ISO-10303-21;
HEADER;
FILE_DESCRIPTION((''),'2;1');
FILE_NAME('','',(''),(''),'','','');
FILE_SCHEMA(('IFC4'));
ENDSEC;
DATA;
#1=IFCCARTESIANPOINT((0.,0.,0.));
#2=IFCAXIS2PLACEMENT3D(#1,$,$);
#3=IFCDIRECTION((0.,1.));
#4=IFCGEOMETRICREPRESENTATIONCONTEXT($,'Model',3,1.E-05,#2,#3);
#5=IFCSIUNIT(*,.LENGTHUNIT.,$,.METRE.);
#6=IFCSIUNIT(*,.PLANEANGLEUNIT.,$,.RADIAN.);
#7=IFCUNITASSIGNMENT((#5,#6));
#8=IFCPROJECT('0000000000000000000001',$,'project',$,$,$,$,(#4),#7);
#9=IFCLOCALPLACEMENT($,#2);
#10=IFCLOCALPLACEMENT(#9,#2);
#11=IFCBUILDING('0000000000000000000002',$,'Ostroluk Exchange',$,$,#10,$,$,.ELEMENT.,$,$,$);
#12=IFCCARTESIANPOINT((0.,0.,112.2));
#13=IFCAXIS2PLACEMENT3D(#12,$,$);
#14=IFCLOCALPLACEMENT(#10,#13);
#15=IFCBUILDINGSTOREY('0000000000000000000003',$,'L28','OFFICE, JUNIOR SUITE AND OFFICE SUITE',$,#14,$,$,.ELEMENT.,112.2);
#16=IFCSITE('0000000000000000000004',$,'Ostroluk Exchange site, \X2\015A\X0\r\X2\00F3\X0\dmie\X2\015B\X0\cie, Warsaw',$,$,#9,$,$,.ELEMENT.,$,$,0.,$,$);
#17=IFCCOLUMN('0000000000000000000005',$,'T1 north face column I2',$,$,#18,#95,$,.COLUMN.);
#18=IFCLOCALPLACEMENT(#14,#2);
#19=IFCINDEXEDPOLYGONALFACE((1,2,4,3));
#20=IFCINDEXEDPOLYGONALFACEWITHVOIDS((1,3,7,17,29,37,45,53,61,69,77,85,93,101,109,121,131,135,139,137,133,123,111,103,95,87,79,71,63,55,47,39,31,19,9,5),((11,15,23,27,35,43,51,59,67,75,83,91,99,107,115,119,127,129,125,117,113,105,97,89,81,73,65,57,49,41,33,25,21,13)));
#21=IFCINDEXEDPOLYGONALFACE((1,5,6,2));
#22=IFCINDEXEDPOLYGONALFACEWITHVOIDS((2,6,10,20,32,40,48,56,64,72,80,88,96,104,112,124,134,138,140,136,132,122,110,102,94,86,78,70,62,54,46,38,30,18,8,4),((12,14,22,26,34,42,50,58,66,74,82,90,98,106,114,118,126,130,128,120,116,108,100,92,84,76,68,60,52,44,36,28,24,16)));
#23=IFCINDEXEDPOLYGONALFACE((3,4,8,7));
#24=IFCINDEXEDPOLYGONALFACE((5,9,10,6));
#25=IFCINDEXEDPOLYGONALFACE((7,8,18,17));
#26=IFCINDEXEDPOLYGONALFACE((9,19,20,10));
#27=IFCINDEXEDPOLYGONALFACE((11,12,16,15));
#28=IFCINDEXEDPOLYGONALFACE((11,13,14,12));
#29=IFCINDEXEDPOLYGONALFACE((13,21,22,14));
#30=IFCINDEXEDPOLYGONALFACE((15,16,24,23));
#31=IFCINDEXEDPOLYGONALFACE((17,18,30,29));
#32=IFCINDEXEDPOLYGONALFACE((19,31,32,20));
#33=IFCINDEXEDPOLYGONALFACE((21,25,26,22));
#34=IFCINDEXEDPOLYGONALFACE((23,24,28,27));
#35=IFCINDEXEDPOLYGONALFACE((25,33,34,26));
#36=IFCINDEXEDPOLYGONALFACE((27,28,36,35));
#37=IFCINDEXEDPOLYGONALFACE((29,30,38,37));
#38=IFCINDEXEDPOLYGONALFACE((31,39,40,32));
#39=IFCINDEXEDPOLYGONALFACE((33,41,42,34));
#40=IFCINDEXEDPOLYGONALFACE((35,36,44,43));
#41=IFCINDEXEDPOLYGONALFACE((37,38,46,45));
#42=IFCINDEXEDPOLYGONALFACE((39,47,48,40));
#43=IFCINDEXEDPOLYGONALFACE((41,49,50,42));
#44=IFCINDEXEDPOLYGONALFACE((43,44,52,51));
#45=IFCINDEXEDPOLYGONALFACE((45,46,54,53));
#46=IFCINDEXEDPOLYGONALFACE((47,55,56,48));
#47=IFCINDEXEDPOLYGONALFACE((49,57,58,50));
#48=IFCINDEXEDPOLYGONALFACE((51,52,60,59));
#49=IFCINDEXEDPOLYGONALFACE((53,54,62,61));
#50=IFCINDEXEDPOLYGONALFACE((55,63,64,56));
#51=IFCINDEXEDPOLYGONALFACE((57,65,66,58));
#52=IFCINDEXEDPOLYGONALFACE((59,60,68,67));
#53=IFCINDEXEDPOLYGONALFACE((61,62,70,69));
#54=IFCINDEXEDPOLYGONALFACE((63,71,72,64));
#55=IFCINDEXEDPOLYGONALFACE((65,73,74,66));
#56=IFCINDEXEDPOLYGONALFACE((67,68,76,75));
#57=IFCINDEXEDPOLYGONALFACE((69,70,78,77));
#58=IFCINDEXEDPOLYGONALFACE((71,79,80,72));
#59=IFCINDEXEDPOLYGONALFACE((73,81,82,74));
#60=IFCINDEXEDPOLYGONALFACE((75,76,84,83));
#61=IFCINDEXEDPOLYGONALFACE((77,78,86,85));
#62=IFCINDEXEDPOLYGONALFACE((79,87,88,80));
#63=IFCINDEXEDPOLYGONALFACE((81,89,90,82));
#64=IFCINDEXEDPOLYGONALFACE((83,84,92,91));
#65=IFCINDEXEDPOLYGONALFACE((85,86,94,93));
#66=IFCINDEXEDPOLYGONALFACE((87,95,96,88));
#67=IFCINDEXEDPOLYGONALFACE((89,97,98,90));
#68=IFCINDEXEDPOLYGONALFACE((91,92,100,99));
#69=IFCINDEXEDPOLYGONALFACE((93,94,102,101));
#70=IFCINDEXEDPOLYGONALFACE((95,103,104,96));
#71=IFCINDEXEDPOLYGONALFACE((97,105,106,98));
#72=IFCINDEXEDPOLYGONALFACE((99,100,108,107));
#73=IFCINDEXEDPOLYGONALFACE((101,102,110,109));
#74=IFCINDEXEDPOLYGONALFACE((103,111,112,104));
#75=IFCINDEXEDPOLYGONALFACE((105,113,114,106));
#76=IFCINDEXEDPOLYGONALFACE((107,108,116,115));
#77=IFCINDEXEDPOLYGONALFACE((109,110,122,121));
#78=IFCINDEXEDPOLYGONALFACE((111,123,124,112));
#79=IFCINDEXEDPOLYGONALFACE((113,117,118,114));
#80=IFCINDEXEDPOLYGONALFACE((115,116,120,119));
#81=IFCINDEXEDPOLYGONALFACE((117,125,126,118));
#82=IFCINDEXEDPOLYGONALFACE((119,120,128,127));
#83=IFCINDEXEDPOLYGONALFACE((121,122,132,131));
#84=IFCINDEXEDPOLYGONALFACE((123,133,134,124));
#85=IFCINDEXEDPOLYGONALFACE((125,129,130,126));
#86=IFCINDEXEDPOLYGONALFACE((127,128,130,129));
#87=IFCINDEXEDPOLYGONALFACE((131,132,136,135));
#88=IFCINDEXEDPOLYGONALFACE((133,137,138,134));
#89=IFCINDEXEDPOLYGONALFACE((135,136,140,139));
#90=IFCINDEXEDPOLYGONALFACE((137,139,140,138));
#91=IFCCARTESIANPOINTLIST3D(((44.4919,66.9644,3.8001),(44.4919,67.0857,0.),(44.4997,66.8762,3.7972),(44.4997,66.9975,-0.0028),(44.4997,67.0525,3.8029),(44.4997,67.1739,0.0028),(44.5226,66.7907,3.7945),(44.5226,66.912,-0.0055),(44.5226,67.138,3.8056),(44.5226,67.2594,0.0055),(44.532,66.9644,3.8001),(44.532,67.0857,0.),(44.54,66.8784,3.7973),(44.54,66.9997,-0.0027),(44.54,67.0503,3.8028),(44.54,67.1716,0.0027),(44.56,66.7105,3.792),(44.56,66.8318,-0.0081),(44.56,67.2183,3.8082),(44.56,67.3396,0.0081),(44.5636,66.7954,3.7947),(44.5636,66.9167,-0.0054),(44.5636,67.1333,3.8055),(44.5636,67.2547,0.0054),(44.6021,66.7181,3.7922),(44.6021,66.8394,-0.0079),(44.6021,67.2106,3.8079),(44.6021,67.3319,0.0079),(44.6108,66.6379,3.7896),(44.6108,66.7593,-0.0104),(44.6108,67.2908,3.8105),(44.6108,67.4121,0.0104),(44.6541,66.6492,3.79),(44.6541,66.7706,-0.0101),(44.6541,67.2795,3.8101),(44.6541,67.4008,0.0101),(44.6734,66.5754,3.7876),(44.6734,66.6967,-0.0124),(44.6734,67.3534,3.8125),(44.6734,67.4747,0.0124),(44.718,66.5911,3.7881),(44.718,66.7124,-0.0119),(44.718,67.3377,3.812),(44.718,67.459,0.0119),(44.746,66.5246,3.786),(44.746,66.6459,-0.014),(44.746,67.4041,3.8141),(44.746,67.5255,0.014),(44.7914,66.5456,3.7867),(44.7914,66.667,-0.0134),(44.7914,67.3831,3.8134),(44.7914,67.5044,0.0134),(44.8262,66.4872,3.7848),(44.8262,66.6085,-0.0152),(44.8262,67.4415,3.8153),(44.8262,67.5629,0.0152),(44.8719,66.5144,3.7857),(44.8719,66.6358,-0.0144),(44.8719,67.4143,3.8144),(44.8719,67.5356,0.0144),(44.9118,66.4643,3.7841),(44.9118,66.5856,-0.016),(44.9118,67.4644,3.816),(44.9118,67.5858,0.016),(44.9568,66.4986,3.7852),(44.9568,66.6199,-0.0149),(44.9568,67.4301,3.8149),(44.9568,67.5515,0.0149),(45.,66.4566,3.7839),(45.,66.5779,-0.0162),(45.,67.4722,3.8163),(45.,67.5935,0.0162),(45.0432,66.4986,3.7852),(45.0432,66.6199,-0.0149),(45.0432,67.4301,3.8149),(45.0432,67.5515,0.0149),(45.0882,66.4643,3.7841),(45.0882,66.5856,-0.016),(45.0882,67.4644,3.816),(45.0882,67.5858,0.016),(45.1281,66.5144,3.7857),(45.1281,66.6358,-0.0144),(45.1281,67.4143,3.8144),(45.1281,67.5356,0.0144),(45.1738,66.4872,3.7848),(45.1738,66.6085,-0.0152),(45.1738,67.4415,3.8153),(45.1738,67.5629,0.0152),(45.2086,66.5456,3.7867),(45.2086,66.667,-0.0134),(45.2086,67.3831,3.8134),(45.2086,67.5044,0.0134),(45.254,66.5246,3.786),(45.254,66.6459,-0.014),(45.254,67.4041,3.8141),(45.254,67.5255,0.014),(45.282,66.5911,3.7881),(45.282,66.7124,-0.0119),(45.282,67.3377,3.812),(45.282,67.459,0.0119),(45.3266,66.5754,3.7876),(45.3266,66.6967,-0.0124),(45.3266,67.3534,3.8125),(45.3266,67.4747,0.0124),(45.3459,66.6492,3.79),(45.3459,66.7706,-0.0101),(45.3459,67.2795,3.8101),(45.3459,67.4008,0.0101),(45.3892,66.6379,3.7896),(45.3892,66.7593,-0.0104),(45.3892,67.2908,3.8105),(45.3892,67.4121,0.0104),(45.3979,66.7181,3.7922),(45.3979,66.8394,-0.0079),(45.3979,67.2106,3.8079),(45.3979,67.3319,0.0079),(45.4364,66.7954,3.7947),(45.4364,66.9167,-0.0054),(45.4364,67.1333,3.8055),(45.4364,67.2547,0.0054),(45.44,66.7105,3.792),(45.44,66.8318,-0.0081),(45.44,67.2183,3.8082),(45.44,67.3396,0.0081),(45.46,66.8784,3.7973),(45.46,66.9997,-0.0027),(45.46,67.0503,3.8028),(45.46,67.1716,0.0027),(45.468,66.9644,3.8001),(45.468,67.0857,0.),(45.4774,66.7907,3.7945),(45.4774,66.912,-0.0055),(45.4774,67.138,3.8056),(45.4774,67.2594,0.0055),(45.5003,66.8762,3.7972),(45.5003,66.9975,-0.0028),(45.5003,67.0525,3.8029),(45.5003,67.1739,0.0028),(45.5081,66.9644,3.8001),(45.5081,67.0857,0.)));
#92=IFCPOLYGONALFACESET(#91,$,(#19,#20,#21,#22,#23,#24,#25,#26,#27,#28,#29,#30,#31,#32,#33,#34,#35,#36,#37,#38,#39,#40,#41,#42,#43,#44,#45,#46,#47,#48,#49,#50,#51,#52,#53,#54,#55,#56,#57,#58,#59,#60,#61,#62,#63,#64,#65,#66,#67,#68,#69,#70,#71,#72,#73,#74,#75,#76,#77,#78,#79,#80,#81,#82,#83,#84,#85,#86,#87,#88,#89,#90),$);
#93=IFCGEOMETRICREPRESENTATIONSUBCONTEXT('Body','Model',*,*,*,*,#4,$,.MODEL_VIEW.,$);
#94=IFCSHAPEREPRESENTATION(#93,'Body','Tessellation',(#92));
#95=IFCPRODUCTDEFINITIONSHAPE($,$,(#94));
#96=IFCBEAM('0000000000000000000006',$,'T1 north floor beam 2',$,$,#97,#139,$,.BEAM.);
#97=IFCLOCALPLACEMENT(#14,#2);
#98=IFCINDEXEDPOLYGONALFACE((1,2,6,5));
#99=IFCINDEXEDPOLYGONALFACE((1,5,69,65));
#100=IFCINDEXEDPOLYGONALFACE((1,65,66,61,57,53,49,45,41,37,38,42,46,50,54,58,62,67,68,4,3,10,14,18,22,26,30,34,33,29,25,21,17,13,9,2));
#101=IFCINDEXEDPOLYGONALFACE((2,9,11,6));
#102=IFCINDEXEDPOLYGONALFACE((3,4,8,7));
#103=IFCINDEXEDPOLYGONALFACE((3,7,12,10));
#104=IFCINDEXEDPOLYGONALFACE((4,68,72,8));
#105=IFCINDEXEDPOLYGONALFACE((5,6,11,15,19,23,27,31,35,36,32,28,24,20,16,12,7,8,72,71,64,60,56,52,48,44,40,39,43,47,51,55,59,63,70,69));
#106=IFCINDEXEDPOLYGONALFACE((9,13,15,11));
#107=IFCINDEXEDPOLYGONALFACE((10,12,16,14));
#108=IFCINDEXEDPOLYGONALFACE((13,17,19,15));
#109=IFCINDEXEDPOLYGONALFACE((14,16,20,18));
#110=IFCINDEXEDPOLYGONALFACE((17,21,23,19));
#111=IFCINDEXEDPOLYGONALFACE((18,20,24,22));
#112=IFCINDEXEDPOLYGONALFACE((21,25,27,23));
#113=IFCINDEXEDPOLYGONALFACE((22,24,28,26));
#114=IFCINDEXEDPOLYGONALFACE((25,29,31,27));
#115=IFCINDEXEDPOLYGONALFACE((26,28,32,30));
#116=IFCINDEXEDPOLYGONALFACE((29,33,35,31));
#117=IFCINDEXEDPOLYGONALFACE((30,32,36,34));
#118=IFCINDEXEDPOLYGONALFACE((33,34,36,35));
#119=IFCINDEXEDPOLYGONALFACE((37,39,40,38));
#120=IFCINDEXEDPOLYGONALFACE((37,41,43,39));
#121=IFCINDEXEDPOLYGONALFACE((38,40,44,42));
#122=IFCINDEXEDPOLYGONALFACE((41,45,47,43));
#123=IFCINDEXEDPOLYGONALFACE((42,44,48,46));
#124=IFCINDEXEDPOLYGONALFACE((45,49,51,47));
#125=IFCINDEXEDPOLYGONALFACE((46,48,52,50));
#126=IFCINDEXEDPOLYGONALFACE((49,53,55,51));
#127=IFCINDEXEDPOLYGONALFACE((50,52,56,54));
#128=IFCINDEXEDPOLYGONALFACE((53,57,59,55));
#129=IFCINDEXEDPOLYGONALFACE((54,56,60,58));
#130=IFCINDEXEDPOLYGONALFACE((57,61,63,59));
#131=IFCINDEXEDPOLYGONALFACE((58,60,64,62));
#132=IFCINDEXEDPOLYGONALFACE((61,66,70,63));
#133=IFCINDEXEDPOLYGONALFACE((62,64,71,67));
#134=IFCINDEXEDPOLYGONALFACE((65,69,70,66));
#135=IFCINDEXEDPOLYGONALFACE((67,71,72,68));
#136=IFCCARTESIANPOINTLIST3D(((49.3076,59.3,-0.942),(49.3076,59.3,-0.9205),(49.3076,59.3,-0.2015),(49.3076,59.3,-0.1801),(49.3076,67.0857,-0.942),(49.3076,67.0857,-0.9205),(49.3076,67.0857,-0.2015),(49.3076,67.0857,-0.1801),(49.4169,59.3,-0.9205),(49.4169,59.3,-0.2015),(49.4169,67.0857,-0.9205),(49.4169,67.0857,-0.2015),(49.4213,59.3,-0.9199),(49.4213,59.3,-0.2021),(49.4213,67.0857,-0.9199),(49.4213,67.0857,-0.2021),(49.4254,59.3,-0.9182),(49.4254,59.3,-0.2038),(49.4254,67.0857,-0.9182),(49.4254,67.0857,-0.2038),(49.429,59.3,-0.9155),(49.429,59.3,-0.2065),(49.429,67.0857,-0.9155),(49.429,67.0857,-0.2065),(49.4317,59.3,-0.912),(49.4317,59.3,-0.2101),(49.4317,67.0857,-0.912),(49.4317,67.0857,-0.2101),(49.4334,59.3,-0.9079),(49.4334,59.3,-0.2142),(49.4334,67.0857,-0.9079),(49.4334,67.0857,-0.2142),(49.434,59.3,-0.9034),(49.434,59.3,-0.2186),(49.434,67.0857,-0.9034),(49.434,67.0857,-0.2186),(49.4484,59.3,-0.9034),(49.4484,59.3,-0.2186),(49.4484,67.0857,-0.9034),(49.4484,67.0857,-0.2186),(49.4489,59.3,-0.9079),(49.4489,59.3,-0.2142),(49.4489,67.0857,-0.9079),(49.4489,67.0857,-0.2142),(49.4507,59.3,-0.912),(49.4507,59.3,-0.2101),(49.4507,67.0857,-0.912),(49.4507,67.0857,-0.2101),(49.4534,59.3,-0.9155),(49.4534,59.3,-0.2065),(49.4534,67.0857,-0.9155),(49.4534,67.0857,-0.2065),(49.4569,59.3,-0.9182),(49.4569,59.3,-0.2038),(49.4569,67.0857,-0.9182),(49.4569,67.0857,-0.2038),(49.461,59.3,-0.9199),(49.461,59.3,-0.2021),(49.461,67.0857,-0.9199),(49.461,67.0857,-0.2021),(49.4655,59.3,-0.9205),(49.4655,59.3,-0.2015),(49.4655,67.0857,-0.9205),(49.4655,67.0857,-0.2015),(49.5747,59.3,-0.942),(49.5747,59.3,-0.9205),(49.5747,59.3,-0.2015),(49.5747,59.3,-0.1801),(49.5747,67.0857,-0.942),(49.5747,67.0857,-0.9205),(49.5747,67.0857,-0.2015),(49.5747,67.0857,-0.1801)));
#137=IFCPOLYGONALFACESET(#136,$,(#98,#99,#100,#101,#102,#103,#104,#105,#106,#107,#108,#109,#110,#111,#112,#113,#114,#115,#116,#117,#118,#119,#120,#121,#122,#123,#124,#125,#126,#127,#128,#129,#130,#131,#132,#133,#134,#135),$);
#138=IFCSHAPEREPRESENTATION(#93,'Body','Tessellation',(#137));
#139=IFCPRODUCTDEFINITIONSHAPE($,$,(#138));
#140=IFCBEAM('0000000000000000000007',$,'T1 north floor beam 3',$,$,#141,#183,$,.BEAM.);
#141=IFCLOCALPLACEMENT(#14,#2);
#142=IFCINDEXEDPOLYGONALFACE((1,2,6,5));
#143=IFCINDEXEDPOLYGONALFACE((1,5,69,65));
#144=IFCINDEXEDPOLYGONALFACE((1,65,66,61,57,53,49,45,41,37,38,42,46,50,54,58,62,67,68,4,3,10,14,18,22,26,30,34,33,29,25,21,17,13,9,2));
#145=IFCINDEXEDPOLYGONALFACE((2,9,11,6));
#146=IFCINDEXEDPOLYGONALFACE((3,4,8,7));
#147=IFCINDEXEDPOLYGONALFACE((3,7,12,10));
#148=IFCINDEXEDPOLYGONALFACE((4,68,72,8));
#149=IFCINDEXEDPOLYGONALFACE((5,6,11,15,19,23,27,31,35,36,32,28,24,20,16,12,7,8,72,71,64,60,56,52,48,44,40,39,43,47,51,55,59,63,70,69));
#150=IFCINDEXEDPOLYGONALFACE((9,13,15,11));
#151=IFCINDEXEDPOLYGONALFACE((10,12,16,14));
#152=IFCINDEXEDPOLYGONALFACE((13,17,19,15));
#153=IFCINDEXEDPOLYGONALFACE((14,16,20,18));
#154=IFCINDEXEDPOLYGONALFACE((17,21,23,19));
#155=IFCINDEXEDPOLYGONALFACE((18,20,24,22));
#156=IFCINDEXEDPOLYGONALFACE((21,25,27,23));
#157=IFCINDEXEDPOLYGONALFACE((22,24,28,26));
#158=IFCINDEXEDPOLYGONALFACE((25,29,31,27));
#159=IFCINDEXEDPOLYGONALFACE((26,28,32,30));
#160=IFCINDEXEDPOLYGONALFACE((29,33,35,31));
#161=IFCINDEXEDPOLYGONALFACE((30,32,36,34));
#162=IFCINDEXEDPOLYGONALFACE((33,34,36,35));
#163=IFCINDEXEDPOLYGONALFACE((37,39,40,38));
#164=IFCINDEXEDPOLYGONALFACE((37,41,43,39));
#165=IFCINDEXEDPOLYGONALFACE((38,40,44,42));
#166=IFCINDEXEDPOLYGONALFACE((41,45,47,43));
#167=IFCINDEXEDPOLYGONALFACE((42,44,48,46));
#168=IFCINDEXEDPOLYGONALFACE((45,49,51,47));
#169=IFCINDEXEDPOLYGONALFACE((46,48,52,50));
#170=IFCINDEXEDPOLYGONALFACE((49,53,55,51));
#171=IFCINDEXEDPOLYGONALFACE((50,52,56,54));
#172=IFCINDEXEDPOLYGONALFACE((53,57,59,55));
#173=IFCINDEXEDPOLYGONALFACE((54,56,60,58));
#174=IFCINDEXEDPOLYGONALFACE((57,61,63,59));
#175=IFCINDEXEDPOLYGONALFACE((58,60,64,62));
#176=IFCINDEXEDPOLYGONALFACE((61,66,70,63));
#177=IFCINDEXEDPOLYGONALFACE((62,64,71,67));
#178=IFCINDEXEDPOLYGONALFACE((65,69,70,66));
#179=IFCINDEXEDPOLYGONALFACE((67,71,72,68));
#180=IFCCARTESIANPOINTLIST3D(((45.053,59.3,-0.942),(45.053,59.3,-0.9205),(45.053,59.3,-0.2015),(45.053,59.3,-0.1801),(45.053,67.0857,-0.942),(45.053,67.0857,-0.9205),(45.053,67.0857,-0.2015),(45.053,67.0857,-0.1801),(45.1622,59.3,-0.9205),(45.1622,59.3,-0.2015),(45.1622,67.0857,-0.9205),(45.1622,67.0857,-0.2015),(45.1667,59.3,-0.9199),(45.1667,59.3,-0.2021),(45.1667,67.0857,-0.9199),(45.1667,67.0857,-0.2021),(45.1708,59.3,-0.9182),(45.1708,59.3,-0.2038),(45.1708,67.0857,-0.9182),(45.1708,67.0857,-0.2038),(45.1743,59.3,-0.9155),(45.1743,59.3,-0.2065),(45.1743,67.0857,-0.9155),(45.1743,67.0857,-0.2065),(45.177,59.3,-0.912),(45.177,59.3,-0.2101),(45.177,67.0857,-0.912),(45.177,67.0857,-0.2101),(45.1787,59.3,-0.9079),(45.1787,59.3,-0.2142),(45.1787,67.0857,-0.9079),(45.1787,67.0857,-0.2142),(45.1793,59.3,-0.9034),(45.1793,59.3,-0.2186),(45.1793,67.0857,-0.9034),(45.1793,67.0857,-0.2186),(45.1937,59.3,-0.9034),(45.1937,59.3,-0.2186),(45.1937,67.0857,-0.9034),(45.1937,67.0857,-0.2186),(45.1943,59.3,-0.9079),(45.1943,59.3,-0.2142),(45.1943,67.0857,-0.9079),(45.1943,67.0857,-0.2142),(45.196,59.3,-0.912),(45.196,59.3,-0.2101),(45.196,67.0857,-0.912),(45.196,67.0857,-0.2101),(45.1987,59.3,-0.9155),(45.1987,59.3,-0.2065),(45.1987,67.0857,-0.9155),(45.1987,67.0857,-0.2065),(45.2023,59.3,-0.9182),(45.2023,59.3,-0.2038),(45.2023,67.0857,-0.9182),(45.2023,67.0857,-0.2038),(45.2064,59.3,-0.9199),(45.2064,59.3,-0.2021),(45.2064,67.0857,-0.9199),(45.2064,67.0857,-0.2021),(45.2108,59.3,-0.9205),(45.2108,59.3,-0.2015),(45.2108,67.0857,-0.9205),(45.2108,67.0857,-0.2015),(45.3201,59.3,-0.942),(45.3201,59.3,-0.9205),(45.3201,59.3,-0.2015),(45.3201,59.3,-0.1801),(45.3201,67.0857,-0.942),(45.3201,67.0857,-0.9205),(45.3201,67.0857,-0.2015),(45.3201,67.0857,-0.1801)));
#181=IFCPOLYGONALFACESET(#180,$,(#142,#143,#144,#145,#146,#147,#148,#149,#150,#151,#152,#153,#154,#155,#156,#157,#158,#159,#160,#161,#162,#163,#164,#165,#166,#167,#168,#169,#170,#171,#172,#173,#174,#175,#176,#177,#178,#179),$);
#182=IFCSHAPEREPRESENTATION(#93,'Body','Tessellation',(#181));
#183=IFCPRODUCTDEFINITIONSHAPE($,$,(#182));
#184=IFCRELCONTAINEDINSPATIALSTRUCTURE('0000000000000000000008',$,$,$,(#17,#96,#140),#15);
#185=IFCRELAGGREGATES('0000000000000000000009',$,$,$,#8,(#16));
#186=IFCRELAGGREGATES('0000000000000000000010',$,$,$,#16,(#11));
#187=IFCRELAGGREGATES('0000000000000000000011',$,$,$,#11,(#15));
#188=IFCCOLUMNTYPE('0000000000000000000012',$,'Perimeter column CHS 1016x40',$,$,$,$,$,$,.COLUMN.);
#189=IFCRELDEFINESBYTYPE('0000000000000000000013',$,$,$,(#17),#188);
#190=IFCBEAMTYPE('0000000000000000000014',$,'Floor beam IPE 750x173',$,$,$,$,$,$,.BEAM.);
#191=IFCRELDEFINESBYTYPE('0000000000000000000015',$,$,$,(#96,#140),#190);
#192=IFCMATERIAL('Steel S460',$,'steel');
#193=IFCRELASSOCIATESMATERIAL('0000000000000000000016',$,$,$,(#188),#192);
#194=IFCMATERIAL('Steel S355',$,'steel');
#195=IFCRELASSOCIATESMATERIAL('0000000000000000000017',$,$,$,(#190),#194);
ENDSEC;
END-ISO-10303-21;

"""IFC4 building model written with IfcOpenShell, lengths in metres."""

from ifc_helpers import new_model, si_unit, direction, frame, origin, origin_2d, place, context, subcontext, project, spatial, hollow_circle, i_section, extrude, material, material_profile, profile_set, type_object, element, save


model = new_model("IFC4")

# Units and contexts
model_context = context("Model", 3, precision=1e-05, world=origin(), true_north=direction((0.0, 1.0)))
body_context = subcontext(model_context, "Body", "Model", "MODEL_VIEW")
ifc_project = project(units=[si_unit("LENGTHUNIT", "METRE"), si_unit("PLANEANGLEUNIT", "RADIAN")], contexts=[model_context])

# Site, building, storey
site_placement = place(None, origin())
site = spatial("IfcSite", under=ifc_project, at=site_placement, Name="Ostroluk Exchange site, Śródmieście, Warsaw", CompositionType="ELEMENT", RefElevation=0.0)
building_placement = place(site_placement, origin())
building = spatial("IfcBuilding", under=site, at=building_placement, Name="Ostroluk Exchange", CompositionType="ELEMENT")
storey_placement = place(building_placement, frame((0.0, 0.0, 112.2)))
storey = spatial("IfcBuildingStorey", under=building, at=storey_placement, Name="L28", Description="OFFICE, JUNIOR SUITE AND OFFICE SUITE", CompositionType="ELEMENT", Elevation=112.2)

# Column
ifc_material_1 = material(Name="Steel S460", Category="steel")
ifc_material_profile_1 = material_profile(ifc_material_1, hollow_circle(Radius=0.5081, WallThickness=0.04, at=origin_2d()), Name="CHS 1016x40")
ifc_profile_set_1 = profile_set([ifc_material_profile_1], Name="Steel S460")
column_type = type_object("IfcColumnType", Name="Perimeter column CHS 1016x40", PredefinedType="COLUMN", material=ifc_profile_set_1)
column_placement = place(storey_placement, frame((45.0, 67.0857, 0.0), z_axis=(0.0, -0.031914, 0.999491), x_axis=(1.0, 0.0, 0.0)))
element("IfcColumn", 1, at=column_placement, inside=storey, type_object=column_type, Name="T1 north face column I2", PredefinedType="COLUMN", context=body_context, shape_type="SweptSolid", body=[
    extrude(hollow_circle(Radius=0.5081, WallThickness=0.04, at=origin_2d()), origin(), (0.0, 0.0, 1.0), 3.802),
])

# Beams
ifc_material_2 = material(Name="Steel S355", Category="steel")
ifc_material_profile_2 = material_profile(ifc_material_2, i_section(OverallWidth=0.2671, OverallDepth=0.762, WebThickness=0.0144, FlangeThickness=0.0215, FilletRadius=0.0171, at=origin_2d()), Name="IPE 750x173")
ifc_profile_set_2 = profile_set([ifc_material_profile_2], Name="Steel S355")
beam_type_1 = type_object("IfcBeamType", Name="Floor beam IPE 750x173", PredefinedType="BEAM", material=ifc_profile_set_2)
for number, where, z_axis, x_axis, name in (
    (2, (49.4412, 59.3, -0.561), (0.0, 1.0, 0.0), (-1.0, 0.0, 0.0), "T1 north floor beam 2"),
    (3, (45.1865, 59.3, -0.561), (0.0, 1.0, 0.0), (-1.0, 0.0, 0.0), "T1 north floor beam 3"),
):
    element("IfcBeam", number, at=place(storey_placement, frame(where, z_axis=z_axis, x_axis=x_axis)), inside=storey, type_object=beam_type_1, Name=name, PredefinedType="BEAM", context=body_context, shape_type="SweptSolid", body=[
        extrude(i_section(OverallWidth=0.2671, OverallDepth=0.762, WebThickness=0.0144, FlangeThickness=0.0215, FilletRadius=0.0171, at=origin_2d()), origin(), (0.0, 0.0, 1.0), 7.7856),
    ])

save(model, "model.ifc")
